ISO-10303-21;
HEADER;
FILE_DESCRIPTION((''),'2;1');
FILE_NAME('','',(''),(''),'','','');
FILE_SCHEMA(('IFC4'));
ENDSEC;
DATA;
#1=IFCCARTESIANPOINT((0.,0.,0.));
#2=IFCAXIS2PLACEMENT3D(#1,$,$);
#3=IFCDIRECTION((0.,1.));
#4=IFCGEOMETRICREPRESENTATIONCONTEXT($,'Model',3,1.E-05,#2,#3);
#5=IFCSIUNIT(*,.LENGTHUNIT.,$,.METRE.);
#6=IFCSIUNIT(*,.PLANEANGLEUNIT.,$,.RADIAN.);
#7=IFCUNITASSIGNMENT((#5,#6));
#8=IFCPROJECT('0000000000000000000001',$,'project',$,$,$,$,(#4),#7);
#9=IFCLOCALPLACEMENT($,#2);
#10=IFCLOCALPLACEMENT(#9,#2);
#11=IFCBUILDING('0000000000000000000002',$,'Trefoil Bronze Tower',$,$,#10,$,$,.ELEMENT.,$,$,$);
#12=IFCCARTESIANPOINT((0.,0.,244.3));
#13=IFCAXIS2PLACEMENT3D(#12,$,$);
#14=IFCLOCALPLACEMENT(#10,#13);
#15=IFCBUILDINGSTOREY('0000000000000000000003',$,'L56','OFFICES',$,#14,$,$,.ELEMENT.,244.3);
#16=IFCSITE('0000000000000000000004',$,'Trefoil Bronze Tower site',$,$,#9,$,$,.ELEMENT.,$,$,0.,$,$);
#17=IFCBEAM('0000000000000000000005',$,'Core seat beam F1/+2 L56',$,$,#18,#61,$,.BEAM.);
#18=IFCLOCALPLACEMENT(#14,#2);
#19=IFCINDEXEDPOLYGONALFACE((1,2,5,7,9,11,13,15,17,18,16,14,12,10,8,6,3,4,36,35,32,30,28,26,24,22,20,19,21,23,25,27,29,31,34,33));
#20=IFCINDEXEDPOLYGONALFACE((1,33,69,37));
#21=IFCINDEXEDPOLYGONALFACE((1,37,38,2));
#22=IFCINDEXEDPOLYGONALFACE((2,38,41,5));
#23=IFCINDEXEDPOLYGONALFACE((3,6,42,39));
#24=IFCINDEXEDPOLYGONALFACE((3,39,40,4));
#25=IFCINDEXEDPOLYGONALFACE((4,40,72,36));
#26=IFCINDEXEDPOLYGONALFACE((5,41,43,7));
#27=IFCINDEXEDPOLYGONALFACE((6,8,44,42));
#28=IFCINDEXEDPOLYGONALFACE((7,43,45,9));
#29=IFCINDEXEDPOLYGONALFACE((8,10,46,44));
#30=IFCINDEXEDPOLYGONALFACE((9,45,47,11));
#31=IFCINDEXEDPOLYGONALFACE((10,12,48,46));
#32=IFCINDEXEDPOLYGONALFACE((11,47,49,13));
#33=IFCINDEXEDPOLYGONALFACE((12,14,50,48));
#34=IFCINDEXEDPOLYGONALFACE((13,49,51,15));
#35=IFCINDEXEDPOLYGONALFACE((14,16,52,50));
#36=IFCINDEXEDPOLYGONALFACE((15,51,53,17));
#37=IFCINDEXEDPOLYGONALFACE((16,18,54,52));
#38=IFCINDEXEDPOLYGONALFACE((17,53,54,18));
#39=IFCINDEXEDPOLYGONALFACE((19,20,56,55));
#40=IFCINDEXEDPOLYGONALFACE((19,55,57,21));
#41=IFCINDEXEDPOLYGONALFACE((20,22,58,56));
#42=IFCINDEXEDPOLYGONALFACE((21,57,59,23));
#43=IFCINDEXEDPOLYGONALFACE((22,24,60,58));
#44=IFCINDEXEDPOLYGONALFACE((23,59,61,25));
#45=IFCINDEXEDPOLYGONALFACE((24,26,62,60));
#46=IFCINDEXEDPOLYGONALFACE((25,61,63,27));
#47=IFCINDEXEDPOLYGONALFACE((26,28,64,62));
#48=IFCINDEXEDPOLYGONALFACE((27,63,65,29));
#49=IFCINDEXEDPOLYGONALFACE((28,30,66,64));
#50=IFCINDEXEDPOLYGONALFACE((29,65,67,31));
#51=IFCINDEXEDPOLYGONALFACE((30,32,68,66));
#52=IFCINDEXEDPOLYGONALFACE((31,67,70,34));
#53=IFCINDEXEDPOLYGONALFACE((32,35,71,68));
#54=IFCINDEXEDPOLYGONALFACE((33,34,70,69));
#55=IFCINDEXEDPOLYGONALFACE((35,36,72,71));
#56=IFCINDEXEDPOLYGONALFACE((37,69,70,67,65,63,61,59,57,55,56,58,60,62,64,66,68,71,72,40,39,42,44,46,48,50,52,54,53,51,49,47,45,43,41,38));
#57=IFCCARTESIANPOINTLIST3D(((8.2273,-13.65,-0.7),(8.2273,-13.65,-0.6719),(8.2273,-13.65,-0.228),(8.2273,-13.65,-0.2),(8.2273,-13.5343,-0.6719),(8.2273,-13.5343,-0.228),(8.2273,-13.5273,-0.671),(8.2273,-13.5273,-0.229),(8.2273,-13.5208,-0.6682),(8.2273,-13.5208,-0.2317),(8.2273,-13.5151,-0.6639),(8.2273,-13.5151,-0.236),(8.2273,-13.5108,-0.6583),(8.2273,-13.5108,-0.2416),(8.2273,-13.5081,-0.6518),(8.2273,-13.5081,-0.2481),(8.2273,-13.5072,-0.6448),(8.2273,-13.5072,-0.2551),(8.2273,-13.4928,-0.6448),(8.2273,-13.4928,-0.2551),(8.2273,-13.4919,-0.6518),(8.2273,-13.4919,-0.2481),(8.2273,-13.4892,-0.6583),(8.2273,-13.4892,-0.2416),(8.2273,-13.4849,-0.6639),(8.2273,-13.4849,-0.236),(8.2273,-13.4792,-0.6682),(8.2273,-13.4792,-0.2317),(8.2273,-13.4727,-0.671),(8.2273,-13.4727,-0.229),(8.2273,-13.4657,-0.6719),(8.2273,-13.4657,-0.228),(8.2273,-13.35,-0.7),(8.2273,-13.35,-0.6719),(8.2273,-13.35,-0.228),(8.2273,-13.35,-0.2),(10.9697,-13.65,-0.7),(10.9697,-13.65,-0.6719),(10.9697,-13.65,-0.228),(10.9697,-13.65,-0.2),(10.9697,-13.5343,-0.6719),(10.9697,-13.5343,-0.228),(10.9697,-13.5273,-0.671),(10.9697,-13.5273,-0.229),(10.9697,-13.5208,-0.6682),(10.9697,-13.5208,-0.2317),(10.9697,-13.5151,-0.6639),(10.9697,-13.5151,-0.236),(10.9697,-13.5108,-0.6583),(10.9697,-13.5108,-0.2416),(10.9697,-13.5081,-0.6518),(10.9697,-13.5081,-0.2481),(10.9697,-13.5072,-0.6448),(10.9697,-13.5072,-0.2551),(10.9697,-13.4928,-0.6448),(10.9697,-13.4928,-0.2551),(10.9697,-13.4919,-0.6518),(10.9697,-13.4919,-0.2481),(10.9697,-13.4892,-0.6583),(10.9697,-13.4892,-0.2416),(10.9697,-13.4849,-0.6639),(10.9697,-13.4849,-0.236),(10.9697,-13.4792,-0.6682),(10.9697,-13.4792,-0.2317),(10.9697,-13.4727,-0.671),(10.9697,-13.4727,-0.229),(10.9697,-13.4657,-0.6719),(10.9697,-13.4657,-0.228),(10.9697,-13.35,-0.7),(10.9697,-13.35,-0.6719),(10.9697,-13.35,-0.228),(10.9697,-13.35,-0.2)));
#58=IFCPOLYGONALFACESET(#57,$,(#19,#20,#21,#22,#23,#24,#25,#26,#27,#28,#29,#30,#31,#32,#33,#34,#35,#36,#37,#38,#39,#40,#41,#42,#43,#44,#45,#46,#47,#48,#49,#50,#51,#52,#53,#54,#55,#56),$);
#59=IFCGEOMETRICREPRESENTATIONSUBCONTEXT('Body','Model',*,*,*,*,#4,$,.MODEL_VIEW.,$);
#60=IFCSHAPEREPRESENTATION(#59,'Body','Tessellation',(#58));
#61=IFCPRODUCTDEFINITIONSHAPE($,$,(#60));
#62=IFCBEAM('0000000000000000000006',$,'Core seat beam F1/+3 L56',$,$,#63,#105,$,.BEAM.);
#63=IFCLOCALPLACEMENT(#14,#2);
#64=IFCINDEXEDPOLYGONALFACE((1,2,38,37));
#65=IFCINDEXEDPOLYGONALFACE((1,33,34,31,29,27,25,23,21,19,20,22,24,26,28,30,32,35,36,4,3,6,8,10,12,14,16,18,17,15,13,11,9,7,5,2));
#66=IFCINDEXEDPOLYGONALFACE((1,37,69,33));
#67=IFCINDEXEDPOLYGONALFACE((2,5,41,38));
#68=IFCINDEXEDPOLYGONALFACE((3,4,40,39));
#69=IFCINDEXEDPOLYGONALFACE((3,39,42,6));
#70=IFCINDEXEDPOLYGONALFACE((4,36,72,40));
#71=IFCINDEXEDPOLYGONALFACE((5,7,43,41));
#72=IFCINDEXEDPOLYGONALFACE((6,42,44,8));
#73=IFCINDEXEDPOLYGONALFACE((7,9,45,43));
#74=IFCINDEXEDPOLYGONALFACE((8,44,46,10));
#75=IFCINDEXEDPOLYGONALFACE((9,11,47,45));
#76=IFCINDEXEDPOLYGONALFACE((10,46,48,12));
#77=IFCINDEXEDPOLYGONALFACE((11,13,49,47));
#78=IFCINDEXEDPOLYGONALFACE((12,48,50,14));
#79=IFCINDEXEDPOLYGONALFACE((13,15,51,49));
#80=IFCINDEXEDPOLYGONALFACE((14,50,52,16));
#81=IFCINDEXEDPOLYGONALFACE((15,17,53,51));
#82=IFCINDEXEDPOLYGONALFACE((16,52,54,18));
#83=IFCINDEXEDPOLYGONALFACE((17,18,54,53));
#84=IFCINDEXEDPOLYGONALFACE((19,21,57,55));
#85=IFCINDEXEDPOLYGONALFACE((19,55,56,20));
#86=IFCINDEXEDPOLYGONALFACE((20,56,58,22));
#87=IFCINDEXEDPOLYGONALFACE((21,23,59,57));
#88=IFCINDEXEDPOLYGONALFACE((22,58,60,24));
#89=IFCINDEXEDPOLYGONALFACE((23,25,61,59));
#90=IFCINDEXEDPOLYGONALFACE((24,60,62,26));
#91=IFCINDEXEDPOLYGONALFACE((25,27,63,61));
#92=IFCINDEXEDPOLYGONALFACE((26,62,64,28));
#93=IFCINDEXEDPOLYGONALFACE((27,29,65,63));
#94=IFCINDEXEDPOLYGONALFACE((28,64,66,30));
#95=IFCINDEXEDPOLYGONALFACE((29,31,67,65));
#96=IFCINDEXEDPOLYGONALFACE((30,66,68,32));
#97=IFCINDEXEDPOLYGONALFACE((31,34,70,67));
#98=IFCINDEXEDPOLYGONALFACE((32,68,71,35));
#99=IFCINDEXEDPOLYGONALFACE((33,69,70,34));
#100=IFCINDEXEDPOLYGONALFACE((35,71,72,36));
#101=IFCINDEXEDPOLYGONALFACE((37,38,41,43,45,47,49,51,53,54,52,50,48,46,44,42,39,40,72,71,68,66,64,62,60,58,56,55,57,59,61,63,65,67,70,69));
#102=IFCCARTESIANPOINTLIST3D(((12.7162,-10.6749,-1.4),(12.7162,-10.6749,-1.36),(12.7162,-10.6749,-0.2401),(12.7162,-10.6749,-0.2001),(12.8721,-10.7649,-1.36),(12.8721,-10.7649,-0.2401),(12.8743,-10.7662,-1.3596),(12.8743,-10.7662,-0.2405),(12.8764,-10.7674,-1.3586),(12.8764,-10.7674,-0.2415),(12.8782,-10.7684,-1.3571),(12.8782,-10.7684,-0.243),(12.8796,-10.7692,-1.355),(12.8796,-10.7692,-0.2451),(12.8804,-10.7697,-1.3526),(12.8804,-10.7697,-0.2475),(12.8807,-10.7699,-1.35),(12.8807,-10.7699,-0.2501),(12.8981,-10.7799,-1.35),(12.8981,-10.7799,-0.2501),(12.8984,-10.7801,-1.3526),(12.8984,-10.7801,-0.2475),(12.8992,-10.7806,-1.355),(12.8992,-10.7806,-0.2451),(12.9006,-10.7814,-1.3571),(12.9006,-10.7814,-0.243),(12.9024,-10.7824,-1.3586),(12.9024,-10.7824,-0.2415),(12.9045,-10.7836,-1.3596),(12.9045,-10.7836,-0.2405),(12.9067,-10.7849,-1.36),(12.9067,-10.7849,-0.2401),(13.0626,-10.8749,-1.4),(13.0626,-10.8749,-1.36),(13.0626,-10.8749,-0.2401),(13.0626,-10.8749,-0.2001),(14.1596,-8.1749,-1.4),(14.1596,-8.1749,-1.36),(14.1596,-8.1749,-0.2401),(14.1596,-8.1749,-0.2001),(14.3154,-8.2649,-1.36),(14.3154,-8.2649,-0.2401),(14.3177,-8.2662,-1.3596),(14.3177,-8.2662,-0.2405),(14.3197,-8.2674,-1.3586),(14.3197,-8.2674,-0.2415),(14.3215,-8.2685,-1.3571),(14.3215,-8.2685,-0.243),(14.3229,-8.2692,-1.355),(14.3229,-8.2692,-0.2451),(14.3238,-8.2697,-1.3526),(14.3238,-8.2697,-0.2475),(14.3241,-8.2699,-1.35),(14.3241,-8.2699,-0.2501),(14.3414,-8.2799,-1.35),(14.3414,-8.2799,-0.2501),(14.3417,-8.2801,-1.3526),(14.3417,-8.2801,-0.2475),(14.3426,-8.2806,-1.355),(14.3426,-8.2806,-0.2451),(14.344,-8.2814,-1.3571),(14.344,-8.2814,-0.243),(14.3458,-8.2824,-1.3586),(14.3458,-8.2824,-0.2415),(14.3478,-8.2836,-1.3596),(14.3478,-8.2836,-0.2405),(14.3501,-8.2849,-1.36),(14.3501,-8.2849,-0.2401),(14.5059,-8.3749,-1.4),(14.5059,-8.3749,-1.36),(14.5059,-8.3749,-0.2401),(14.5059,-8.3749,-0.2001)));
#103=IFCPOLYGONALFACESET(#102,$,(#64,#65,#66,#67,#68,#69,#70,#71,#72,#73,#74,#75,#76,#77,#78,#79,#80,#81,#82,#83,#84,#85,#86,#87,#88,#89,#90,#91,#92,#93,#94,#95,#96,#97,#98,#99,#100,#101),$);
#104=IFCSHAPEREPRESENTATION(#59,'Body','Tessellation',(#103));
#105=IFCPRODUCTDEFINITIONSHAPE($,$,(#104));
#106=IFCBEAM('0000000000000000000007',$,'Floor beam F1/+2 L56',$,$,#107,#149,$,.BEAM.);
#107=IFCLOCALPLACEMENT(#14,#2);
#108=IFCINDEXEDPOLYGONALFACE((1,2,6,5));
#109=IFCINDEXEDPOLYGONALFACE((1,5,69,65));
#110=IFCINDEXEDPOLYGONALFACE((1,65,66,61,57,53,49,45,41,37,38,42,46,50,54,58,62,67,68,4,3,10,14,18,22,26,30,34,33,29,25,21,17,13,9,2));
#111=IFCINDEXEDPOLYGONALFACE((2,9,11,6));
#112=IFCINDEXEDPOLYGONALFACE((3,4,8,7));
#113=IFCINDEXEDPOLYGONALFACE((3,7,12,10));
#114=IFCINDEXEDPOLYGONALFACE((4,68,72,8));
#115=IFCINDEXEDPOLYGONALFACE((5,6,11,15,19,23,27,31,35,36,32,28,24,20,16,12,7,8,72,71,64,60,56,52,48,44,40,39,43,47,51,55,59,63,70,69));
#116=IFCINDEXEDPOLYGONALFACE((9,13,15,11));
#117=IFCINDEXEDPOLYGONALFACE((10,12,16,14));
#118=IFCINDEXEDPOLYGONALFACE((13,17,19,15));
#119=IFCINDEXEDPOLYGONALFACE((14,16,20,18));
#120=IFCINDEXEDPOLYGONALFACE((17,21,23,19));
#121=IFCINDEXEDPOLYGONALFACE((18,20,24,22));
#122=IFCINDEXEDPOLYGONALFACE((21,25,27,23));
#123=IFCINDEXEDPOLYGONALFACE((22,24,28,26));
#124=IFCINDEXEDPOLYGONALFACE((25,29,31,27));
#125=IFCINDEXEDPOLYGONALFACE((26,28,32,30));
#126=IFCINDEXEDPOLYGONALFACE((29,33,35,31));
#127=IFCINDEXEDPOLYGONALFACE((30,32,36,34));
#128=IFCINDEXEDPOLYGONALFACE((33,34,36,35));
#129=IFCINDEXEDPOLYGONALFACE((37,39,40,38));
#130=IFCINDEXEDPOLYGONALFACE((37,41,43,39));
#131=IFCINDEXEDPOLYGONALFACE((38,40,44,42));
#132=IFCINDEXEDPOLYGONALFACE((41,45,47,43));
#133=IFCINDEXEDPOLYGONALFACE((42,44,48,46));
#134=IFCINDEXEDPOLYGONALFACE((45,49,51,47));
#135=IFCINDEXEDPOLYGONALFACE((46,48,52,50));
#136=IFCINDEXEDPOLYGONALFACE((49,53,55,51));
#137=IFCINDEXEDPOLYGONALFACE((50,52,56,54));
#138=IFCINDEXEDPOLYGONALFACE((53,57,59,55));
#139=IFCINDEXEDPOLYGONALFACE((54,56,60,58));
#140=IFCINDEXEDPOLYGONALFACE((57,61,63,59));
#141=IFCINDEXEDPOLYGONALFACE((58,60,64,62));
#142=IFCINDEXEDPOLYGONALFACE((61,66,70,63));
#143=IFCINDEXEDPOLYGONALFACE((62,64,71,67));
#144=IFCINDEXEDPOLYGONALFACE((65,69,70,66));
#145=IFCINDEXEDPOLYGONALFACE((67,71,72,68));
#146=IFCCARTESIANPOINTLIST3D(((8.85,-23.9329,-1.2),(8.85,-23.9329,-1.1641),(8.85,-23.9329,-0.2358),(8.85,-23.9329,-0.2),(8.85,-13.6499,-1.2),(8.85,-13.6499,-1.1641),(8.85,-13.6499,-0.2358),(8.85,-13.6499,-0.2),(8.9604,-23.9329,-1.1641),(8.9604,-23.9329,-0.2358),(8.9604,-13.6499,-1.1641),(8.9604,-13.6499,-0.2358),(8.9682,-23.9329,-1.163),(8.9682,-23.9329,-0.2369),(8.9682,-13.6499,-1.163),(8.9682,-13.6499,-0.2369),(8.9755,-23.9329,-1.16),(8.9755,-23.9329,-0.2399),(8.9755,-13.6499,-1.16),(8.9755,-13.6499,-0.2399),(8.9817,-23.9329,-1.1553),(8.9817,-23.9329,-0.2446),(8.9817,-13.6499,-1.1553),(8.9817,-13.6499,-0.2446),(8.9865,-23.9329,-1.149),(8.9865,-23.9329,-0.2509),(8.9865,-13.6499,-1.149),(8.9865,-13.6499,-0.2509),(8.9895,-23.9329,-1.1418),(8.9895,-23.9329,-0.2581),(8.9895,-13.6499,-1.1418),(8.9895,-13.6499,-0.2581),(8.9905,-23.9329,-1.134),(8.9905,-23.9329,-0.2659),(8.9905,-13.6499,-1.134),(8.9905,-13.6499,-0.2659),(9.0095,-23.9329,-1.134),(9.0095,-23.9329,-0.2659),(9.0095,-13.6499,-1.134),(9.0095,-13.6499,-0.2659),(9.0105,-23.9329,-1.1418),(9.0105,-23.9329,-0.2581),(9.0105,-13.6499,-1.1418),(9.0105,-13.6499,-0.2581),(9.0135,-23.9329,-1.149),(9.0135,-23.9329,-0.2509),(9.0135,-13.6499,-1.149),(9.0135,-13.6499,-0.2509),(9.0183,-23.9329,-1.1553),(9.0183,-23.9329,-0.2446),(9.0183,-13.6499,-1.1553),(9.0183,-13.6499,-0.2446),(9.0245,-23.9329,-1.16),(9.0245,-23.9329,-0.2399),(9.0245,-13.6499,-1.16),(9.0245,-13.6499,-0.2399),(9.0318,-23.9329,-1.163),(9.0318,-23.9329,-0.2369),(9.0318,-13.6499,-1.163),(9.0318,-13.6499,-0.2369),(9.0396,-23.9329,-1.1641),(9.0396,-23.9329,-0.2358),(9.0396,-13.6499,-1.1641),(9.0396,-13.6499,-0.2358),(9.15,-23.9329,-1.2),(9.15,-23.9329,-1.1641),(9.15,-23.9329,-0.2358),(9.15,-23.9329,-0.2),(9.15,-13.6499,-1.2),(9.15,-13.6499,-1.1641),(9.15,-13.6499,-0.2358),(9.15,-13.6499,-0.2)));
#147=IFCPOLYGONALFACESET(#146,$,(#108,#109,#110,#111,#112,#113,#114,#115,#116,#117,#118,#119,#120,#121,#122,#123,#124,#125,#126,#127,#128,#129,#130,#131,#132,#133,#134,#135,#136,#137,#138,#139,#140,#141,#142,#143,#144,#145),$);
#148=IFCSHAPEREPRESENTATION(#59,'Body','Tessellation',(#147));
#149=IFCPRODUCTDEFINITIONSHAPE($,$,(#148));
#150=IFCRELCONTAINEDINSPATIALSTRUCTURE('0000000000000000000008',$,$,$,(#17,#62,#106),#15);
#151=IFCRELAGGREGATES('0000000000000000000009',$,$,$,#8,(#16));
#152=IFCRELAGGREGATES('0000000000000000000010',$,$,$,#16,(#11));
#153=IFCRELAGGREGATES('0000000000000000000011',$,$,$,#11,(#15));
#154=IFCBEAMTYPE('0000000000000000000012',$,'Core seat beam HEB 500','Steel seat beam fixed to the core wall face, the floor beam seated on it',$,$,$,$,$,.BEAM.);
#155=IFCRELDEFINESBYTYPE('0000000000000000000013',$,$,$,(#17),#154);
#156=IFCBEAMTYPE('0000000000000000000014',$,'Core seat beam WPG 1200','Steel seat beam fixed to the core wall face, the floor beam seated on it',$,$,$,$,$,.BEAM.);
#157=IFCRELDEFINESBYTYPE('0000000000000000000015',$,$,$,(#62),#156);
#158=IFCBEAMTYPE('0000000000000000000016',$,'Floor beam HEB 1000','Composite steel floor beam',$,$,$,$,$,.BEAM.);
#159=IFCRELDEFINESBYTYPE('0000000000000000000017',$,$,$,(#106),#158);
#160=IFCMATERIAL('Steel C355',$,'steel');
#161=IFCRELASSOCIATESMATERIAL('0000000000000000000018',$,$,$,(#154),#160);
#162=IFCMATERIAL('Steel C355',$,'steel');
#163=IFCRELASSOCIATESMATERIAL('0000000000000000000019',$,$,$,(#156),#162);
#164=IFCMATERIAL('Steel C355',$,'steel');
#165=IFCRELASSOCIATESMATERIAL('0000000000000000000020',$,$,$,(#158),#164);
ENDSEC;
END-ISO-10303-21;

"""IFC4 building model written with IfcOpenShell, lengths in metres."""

from ifc_helpers import new_model, si_unit, direction, frame, origin, origin_2d, place, context, subcontext, project, spatial, i_section, extrude, material, material_profile, profile_set, type_object, element, save


model = new_model("IFC4")

# Units and contexts
model_context = context("Model", 3, precision=1e-05, world=origin(), true_north=direction((0.0, 1.0)))
body_context = subcontext(model_context, "Body", "Model", "MODEL_VIEW")
ifc_project = project(units=[si_unit("LENGTHUNIT", "METRE"), si_unit("PLANEANGLEUNIT", "RADIAN")], contexts=[model_context])

# Site, building, storey
site_placement = place(None, origin())
site = spatial("IfcSite", under=ifc_project, at=site_placement, Name="Trefoil Bronze Tower site", CompositionType="ELEMENT", RefElevation=0.0)
building_placement = place(site_placement, origin())
building = spatial("IfcBuilding", under=site, at=building_placement, Name="Trefoil Bronze Tower", CompositionType="ELEMENT")
storey_placement = place(building_placement, frame((0.0, 0.0, 244.3)))
storey = spatial("IfcBuildingStorey", under=building, at=storey_placement, Name="L56", Description="OFFICES", CompositionType="ELEMENT", Elevation=244.3)

# Beams
ifc_material_1 = material(Name="Steel C355", Category="steel")
ifc_material_profile_1 = material_profile(ifc_material_1, i_section(OverallWidth=0.3, OverallDepth=0.5, WebThickness=0.0144, FlangeThickness=0.0281, FilletRadius=0.0271, at=origin_2d()), Name="HEB 500")
ifc_profile_set_1 = profile_set([ifc_material_profile_1], Name="Steel C355")
beam_type_1 = type_object("IfcBeamType", Name="Core seat beam HEB 500", Description="Steel seat beam fixed to the core wall face, the floor beam seated on it", PredefinedType="BEAM", material=ifc_profile_set_1)
for number, where, z_axis, x_axis, name in (
    (1, (8.2273, -13.5, -0.45), (1.0, 0.0, 0.0), (0.0, 1.0, 0.0), "Core seat beam F1/+2 L56"),
):
    element("IfcBeam", number, at=place(storey_placement, frame(where, z_axis=z_axis, x_axis=x_axis)), inside=storey, type_object=beam_type_1, Name=name, PredefinedType="BEAM", context=body_context, shape_type="SweptSolid", body=[
        extrude(i_section(OverallWidth=0.3, OverallDepth=0.5, WebThickness=0.0144, FlangeThickness=0.0281, FilletRadius=0.0271, at=origin_2d()), origin(), (0.0, 0.0, 1.0), 2.7424),
    ])
ifc_material_2 = material(Name="Steel C355", Category="steel")
ifc_material_profile_2 = material_profile(ifc_material_2, i_section(OverallWidth=0.3999, OverallDepth=1.2, WebThickness=0.02, FlangeThickness=0.04, FilletRadius=0.01, at=origin_2d()), Name="WPG 1200")
ifc_profile_set_2 = profile_set([ifc_material_profile_2], Name="Steel C355")
beam_type_2 = type_object("IfcBeamType", Name="Core seat beam WPG 1200", Description="Steel seat beam fixed to the core wall face, the floor beam seated on it", PredefinedType="BEAM", material=ifc_profile_set_2)
beam_1_placement = place(storey_placement, frame((12.8894, -10.7749, -0.8), z_axis=(0.499996, 0.866028, 0.0), x_axis=(-0.866028, 0.499996, 0.0)))
element("IfcBeam", 2, at=beam_1_placement, inside=storey, type_object=beam_type_2, Name="Core seat beam F1/+3 L56", PredefinedType="BEAM", context=body_context, shape_type="SweptSolid", body=[
    extrude(i_section(OverallWidth=0.3999, OverallDepth=1.2, WebThickness=0.02, FlangeThickness=0.04, FilletRadius=0.01, at=origin_2d()), origin(), (0.0, 0.0, 1.0), 2.8867),
])
ifc_material_3 = material(Name="Steel C355", Category="steel")
ifc_material_profile_3 = material_profile(ifc_material_3, i_section(OverallWidth=0.3, OverallDepth=1.0, WebThickness=0.019, FlangeThickness=0.0359, FilletRadius=0.03, at=origin_2d()), Name="HEB 1000")
ifc_profile_set_3 = profile_set([ifc_material_profile_3], Name="Steel C355")
beam_type_3 = type_object("IfcBeamType", Name="Floor beam HEB 1000", Description="Composite steel floor beam", PredefinedType="BEAM", material=ifc_profile_set_3)
beam_2_placement = place(storey_placement, frame((9.0, -23.9329, -0.7), z_axis=(0.0, 1.0, 0.0), x_axis=(-1.0, 0.0, 0.0)))
element("IfcBeam", 3, at=beam_2_placement, inside=storey, type_object=beam_type_3, Name="Floor beam F1/+2 L56", PredefinedType="BEAM", context=body_context, shape_type="SweptSolid", body=[
    extrude(i_section(OverallWidth=0.3, OverallDepth=1.0, WebThickness=0.019, FlangeThickness=0.0359, FilletRadius=0.03, at=origin_2d()), origin(), (0.0, 0.0, 1.0), 10.283),
])

save(model, "model.ifc")
